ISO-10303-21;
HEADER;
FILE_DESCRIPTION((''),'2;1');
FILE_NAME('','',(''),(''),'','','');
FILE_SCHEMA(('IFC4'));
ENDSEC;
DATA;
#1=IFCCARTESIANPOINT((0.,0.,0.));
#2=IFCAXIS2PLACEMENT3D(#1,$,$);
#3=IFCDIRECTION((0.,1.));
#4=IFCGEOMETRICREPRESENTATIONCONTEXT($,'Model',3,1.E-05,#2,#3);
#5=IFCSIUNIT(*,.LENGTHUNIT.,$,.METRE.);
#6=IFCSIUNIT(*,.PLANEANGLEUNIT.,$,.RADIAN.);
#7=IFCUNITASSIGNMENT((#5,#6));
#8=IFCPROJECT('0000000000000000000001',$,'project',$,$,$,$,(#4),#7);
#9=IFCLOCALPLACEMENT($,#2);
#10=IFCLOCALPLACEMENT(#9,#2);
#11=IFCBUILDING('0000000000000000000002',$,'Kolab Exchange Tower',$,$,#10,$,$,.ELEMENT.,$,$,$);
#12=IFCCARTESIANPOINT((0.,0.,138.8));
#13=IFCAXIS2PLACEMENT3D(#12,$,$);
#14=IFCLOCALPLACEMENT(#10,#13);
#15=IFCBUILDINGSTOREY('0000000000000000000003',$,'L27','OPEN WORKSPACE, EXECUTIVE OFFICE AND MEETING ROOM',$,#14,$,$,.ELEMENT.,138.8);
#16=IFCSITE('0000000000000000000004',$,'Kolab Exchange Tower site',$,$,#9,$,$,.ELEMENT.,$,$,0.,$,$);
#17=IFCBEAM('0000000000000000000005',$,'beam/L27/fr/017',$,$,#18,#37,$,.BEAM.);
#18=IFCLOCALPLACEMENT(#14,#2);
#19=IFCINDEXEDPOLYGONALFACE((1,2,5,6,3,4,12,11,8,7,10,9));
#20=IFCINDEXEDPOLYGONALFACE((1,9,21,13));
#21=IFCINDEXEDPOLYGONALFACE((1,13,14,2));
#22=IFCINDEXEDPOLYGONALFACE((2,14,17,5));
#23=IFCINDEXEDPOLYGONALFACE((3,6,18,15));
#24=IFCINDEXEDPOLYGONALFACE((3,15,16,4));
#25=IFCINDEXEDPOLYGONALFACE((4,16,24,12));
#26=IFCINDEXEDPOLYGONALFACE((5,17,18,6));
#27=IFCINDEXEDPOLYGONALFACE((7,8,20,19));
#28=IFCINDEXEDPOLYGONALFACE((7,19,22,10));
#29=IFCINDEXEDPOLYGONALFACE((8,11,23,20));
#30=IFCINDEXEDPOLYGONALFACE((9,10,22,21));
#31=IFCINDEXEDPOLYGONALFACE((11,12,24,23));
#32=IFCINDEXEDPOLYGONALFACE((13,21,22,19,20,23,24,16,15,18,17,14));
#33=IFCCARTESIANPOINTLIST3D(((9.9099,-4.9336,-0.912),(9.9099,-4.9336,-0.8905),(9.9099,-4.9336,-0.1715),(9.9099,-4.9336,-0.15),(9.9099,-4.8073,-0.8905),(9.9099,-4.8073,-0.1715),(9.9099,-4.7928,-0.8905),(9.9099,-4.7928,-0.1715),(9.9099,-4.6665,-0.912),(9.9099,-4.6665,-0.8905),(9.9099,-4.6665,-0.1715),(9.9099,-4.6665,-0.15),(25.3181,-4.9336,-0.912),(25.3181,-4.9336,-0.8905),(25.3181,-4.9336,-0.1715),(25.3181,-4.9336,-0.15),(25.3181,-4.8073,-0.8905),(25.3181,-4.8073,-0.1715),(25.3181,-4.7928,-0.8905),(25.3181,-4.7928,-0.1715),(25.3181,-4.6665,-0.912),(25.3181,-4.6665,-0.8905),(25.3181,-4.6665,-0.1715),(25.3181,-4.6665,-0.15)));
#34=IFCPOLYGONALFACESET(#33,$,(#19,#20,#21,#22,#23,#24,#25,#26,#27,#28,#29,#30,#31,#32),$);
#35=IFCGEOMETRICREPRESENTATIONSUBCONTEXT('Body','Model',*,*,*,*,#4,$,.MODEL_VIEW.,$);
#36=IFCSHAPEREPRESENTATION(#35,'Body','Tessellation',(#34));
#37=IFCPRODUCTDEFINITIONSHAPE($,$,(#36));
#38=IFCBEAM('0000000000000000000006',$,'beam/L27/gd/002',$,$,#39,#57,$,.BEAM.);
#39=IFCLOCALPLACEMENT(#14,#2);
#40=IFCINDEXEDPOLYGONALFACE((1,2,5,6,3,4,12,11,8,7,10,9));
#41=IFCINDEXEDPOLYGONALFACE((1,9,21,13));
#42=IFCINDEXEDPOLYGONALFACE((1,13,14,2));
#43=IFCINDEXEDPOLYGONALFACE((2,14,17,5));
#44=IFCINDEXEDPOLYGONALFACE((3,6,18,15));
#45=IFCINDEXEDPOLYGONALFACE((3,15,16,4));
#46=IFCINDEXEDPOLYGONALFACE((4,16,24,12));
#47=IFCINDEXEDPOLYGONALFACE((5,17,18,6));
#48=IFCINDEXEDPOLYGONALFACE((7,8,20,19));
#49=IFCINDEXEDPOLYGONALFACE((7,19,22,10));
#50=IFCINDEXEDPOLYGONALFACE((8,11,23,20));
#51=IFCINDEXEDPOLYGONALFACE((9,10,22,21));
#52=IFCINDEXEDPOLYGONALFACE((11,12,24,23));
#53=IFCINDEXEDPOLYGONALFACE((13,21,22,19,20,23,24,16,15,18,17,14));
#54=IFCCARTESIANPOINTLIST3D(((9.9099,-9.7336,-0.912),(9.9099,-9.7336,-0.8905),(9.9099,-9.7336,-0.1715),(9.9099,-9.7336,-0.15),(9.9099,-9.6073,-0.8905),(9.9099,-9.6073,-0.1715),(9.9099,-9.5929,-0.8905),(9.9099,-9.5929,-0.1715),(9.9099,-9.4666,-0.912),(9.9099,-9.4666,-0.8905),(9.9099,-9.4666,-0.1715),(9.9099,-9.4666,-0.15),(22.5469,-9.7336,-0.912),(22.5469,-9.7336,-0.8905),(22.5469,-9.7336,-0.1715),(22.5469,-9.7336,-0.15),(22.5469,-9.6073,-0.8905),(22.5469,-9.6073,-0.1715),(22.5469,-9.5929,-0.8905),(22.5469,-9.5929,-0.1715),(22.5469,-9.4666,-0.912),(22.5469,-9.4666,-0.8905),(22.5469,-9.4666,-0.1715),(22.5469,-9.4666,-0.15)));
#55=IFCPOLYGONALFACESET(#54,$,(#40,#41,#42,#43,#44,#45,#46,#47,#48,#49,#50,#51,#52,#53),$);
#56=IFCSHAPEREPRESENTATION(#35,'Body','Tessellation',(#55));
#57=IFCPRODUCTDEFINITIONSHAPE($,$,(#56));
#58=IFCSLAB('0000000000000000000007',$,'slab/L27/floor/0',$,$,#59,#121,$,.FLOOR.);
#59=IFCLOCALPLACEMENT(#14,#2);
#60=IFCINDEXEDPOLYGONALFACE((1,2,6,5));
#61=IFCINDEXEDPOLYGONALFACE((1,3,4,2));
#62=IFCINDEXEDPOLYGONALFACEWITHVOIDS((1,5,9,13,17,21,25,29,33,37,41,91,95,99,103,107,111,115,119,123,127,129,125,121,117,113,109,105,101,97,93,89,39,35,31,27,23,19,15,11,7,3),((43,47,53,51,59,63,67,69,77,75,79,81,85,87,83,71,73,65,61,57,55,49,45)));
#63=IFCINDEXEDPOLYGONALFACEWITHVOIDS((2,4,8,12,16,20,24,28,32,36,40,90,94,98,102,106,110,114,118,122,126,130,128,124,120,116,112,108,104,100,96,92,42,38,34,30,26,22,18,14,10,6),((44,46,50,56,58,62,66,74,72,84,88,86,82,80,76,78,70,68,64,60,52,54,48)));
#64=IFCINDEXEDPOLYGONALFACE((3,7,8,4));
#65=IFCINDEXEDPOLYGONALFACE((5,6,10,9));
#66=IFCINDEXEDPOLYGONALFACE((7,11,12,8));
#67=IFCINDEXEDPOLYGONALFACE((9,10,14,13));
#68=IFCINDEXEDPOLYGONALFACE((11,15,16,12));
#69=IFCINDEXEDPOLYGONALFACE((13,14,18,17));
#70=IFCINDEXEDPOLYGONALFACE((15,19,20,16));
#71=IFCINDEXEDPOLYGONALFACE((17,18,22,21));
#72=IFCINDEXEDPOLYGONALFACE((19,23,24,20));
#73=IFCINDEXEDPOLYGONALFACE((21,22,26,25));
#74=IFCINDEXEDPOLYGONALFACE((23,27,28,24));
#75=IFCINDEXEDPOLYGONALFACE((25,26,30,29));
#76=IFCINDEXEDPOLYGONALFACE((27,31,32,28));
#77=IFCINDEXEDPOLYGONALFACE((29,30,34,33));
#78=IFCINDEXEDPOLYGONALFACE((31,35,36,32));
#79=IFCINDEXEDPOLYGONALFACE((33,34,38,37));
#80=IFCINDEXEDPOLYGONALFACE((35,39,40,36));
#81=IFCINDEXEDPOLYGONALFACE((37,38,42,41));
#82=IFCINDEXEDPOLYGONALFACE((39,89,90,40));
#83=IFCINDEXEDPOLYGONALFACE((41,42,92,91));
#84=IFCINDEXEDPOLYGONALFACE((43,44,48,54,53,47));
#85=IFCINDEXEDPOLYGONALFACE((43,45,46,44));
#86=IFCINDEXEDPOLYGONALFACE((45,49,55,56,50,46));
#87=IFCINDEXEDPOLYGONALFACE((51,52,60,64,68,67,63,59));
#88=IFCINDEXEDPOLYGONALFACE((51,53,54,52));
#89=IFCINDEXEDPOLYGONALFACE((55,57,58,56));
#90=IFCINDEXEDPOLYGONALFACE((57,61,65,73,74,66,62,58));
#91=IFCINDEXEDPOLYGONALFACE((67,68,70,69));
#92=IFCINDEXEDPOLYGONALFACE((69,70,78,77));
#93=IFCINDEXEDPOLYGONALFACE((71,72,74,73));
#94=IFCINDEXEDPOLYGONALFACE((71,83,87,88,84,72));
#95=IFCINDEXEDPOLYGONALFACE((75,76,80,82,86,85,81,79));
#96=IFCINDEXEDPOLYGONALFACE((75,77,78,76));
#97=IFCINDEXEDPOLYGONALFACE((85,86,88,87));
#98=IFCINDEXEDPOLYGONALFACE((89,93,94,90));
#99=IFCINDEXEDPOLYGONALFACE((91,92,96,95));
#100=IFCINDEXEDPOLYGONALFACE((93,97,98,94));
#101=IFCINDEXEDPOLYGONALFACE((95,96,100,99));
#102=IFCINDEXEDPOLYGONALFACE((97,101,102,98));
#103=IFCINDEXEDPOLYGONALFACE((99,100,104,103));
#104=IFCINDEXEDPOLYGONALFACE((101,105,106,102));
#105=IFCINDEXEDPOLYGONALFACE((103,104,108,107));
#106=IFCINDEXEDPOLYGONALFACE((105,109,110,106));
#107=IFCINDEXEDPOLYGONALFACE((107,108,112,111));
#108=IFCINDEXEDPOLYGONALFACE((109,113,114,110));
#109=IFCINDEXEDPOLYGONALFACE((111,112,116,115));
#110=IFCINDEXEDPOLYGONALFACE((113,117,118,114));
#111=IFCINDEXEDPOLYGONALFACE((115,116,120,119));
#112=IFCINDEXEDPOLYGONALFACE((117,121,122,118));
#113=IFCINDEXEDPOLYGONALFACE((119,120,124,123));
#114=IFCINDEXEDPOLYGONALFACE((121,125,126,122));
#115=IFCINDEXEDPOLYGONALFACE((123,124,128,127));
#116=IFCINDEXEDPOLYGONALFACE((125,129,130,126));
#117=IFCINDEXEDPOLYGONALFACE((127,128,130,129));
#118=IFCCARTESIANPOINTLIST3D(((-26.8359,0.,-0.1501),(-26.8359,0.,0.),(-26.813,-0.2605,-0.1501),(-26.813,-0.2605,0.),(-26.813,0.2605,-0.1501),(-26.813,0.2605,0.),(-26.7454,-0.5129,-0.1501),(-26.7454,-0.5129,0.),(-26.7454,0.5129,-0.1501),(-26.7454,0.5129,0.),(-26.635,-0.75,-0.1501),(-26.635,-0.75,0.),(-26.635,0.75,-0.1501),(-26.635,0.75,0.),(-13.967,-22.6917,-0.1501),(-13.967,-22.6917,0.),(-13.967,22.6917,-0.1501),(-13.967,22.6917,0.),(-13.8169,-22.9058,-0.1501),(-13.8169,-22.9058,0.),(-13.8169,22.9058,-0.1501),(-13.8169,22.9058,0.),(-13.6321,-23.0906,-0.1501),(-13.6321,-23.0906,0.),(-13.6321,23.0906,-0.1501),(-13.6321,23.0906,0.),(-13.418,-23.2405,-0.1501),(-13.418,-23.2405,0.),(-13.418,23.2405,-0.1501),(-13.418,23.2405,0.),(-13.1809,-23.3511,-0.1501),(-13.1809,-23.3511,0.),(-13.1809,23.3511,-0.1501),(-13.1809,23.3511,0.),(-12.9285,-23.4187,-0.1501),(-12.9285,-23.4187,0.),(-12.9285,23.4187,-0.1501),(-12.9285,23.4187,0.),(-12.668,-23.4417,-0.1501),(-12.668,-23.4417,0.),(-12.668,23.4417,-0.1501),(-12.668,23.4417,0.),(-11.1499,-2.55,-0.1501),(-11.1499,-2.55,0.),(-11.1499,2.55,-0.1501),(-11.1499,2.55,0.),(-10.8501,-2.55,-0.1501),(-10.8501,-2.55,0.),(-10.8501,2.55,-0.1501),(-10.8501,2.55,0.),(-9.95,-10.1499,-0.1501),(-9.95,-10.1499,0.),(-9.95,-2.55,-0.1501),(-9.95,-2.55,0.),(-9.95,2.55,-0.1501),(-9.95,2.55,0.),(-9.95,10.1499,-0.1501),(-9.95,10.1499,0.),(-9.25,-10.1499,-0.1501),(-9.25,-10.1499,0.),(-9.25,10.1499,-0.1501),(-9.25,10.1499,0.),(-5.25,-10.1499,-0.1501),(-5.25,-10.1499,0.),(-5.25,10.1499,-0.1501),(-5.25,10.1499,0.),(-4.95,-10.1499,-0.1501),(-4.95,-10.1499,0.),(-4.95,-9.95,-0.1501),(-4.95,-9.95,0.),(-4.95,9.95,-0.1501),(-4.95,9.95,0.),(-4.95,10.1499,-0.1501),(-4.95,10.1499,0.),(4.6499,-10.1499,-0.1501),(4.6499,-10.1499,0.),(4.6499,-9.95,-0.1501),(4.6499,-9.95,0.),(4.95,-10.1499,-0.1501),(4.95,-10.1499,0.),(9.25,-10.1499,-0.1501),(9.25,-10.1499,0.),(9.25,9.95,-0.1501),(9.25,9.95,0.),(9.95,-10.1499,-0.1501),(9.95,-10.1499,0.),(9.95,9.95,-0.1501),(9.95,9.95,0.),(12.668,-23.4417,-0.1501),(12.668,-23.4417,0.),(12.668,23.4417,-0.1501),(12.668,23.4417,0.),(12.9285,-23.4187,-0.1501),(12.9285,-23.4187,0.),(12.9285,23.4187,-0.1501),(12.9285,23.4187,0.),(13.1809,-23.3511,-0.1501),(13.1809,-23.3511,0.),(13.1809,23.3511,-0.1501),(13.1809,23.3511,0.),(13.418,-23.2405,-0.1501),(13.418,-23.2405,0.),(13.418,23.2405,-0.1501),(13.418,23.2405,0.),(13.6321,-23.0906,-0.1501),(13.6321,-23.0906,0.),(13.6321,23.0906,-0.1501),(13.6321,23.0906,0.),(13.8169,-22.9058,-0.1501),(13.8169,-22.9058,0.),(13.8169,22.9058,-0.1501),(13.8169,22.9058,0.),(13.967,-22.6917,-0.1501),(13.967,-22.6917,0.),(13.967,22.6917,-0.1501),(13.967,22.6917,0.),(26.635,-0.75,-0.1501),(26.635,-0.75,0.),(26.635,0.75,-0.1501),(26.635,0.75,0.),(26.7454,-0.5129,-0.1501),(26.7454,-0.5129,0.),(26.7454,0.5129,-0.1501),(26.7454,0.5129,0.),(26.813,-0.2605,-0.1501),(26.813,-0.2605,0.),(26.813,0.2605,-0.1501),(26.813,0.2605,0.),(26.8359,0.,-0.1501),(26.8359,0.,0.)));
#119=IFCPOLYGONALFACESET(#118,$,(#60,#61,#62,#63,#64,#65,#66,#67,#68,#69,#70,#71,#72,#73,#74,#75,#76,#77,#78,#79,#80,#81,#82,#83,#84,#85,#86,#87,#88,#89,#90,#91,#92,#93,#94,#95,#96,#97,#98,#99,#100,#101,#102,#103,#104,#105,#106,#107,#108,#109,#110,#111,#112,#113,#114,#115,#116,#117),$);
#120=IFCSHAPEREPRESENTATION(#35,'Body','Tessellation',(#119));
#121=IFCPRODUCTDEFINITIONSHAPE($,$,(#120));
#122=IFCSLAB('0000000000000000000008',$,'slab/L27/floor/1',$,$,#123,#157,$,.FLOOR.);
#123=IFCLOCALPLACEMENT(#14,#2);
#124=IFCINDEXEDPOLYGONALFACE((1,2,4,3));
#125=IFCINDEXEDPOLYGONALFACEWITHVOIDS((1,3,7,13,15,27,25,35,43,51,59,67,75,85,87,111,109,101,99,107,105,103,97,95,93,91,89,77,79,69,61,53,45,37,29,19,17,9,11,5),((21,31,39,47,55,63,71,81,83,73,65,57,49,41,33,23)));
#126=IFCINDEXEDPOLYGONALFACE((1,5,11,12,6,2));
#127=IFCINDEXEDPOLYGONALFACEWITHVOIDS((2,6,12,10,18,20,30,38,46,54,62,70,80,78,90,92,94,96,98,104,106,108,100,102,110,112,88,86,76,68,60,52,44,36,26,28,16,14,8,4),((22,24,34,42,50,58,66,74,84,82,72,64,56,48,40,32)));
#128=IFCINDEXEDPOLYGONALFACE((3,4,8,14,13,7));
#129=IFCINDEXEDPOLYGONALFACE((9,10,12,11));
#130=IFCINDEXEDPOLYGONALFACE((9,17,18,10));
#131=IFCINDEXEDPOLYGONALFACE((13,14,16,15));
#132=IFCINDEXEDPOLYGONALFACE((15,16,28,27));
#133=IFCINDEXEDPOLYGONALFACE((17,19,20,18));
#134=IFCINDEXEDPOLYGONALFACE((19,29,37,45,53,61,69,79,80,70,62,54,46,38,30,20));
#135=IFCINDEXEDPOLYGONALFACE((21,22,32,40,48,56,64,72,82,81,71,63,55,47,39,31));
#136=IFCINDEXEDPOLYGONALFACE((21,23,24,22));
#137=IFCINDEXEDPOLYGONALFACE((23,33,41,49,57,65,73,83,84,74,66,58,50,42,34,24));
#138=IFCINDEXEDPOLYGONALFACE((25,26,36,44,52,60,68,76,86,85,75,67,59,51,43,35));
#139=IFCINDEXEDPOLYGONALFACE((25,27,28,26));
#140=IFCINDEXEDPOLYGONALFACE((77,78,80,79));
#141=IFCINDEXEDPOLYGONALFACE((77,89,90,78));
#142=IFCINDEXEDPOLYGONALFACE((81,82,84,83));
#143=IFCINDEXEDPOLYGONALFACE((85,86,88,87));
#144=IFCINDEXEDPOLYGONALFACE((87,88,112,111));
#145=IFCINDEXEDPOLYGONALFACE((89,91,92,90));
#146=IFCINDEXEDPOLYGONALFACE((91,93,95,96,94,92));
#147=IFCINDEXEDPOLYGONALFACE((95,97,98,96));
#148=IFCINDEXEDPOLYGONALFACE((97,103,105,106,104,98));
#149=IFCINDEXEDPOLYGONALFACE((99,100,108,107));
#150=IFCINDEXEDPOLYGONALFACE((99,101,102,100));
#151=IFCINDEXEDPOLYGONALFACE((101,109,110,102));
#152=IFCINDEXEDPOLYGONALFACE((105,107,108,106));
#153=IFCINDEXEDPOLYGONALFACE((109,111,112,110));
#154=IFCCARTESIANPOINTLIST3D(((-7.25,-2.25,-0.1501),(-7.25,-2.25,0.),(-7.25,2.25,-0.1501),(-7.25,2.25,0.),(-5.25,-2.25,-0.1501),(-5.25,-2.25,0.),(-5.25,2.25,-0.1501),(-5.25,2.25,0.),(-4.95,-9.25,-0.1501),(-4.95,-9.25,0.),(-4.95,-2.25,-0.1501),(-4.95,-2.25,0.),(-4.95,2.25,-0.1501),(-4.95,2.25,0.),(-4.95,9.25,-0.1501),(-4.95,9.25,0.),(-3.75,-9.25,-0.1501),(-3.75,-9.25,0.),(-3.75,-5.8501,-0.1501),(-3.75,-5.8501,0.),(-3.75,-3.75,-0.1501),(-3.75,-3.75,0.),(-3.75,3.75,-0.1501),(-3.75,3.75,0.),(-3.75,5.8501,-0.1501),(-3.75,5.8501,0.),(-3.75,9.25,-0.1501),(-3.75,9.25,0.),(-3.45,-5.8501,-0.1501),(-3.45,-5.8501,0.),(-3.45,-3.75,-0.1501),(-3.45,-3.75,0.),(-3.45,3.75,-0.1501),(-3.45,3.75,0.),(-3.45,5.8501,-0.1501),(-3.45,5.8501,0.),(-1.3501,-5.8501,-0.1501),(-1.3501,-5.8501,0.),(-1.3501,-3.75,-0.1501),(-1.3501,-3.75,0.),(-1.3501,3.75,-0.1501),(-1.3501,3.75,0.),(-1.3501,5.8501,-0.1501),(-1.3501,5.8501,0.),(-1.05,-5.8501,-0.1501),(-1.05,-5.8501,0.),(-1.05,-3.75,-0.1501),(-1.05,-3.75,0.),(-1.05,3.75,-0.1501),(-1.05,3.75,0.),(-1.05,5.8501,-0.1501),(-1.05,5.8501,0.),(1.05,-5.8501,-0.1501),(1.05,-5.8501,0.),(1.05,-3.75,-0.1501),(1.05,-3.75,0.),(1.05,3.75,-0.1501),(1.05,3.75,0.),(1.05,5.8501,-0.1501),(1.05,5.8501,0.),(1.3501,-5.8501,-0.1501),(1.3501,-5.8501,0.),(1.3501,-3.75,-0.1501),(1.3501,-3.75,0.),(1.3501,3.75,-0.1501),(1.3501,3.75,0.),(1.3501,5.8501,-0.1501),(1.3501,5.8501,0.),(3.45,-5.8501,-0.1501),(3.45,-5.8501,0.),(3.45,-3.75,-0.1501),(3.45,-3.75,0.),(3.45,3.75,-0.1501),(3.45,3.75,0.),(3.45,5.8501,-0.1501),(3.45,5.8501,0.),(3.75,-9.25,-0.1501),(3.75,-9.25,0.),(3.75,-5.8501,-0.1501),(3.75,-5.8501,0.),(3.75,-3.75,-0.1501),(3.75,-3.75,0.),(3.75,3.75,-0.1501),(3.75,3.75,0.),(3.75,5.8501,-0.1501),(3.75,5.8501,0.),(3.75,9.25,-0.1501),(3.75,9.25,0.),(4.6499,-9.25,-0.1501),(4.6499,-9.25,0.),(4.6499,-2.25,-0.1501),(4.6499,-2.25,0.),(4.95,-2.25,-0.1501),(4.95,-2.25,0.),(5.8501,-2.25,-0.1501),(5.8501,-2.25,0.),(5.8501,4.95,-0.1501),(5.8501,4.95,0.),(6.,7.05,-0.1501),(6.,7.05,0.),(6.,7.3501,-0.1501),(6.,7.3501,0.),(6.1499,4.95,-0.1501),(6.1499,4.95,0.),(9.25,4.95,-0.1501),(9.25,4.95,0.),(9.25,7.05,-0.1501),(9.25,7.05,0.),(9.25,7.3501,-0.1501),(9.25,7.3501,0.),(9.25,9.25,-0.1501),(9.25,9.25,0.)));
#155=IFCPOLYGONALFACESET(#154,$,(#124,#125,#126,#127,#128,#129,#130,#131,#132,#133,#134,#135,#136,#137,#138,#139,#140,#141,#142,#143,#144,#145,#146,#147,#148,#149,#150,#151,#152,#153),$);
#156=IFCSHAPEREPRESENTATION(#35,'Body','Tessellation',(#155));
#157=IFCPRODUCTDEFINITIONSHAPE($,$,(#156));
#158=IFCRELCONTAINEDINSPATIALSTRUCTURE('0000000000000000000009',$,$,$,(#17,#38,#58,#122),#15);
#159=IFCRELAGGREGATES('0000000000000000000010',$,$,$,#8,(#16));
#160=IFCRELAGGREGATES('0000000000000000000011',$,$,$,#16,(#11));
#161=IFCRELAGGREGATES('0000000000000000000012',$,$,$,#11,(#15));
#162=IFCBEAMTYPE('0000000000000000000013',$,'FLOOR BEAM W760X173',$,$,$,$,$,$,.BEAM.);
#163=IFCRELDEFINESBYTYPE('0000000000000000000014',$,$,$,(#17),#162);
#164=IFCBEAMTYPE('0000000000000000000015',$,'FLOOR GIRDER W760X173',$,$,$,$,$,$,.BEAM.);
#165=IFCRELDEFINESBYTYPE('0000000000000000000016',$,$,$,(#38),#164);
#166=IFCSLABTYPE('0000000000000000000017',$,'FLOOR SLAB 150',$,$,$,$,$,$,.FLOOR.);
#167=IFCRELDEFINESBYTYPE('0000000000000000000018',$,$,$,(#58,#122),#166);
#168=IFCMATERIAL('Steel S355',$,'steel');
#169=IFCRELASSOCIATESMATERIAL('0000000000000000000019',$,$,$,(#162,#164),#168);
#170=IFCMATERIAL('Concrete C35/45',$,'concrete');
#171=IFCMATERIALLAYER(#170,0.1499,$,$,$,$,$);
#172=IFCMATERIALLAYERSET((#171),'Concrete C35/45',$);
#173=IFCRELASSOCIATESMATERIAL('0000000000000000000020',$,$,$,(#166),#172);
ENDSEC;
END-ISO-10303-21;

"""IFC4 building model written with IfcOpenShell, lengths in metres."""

from ifc_helpers import new_model, si_unit, direction, frame, origin, origin_2d, place, context, subcontext, project, spatial, polyline, i_section, outline, extrude, material, layer, layer_set, material_profile, profile_set, type_object, element, save


model = new_model("IFC4")

# Units and contexts
model_context = context("Model", 3, precision=1e-05, world=origin(), true_north=direction((0.0, 1.0)))
body_context = subcontext(model_context, "Body", "Model", "MODEL_VIEW")
ifc_project = project(units=[si_unit("LENGTHUNIT", "METRE"), si_unit("PLANEANGLEUNIT", "RADIAN")], contexts=[model_context])

# Site, building, storey
site_placement = place(None, origin())
site = spatial("IfcSite", under=ifc_project, at=site_placement, Name="Kolab Exchange Tower site", CompositionType="ELEMENT", RefElevation=0.0)
building_placement = place(site_placement, origin())
building = spatial("IfcBuilding", under=site, at=building_placement, Name="Kolab Exchange Tower", CompositionType="ELEMENT")
storey_placement = place(building_placement, frame((0.0, 0.0, 138.8)))
storey = spatial("IfcBuildingStorey", under=building, at=storey_placement, Name="L27", Description="OPEN WORKSPACE, EXECUTIVE OFFICE AND MEETING ROOM", CompositionType="ELEMENT", Elevation=138.8)

# Beams
ifc_material_1 = material(Name="Steel S355", Category="steel")
ifc_material_profile_1 = material_profile(ifc_material_1, i_section(OverallWidth=0.2671, OverallDepth=0.762, WebThickness=0.0144, FlangeThickness=0.0215, at=origin_2d()), Name="W760X173")
ifc_profile_set_1 = profile_set([ifc_material_profile_1], Name="Steel S355")
beam_type_1 = type_object("IfcBeamType", Name="FLOOR BEAM W760X173", PredefinedType="BEAM", material=ifc_profile_set_1)
beam_1_placement = place(storey_placement, frame((9.9099, -4.8, -0.531), z_axis=(1.0, 0.0, 0.0), x_axis=(0.0, 1.0, 0.0)))
element("IfcBeam", 1, at=beam_1_placement, inside=storey, type_object=beam_type_1, Name="beam/L27/fr/017", PredefinedType="BEAM", context=body_context, shape_type="SweptSolid", body=[
    extrude(i_section(OverallWidth=0.2671, OverallDepth=0.762, WebThickness=0.0144, FlangeThickness=0.0215, at=origin_2d()), origin(), (0.0, 0.0, 1.0), 15.4082),
])
ifc_material_profile_2 = material_profile(ifc_material_1, i_section(OverallWidth=0.2671, OverallDepth=0.762, WebThickness=0.0144, FlangeThickness=0.0215, at=origin_2d()), Name="W760X173")
ifc_profile_set_2 = profile_set([ifc_material_profile_2], Name="Steel S355")
beam_type_2 = type_object("IfcBeamType", Name="FLOOR GIRDER W760X173", PredefinedType="BEAM", material=ifc_profile_set_2)
beam_2_placement = place(storey_placement, frame((9.9099, -9.6001, -0.531), z_axis=(1.0, 0.0, 0.0), x_axis=(0.0, 1.0, 0.0)))
element("IfcBeam", 2, at=beam_2_placement, inside=storey, type_object=beam_type_2, Name="beam/L27/gd/002", PredefinedType="BEAM", context=body_context, shape_type="SweptSolid", body=[
    extrude(i_section(OverallWidth=0.2671, OverallDepth=0.762, WebThickness=0.0144, FlangeThickness=0.0215, at=origin_2d()), origin(), (0.0, 0.0, 1.0), 12.637),
])

# Slabs
ifc_material_2 = material(Name="Concrete C35/45", Category="concrete")
ifc_layer_1 = layer(ifc_material_2, 0.1499)
ifc_layer_set_1 = layer_set([ifc_layer_1], Name="Concrete C35/45")
slab_type_1 = type_object("IfcSlabType", Name="FLOOR SLAB 150", PredefinedType="FLOOR", material=ifc_layer_set_1)
slab_1_placement = place(storey_placement, frame((0.0, 0.0, -0.1501)))
element("IfcSlab", 3, at=slab_1_placement, inside=storey, type_object=slab_type_1, Name="slab/L27/floor/0", PredefinedType="FLOOR", context=body_context, shape_type="SweptSolid", body=[
    extrude(outline(polyline([(13.967, -22.6917), (26.635, -0.75), (26.7454, -0.5129), (26.813, -0.2605), (26.8359, 0.0), (26.813, 0.2605), (26.7454, 0.5129), (26.635, 0.75), (13.967, 22.6917), (13.8169, 22.9058), (13.6321, 23.0906), (13.418, 23.2405), (13.1809, 23.3511), (12.9285, 23.4187), (12.668, 23.4417), (-12.668, 23.4417), (-12.9285, 23.4187), (-13.1809, 23.3511), (-13.418, 23.2405), (-13.6321, 23.0906), (-13.8169, 22.9058), (-13.967, 22.6917), (-26.635, 0.75), (-26.7454, 0.5129), (-26.813, 0.2605), (-26.8359, 0.0), (-26.813, -0.2605), (-26.7454, -0.5129), (-26.635, -0.75), (-13.967, -22.6917), (-13.8169, -22.9058), (-13.6321, -23.0906), (-13.418, -23.2405), (-13.1809, -23.3511), (-12.9285, -23.4187), (-12.668, -23.4417), (12.668, -23.4417), (12.9285, -23.4187), (13.1809, -23.3511), (13.418, -23.2405), (13.6321, -23.0906), (13.8169, -22.9058), (13.967, -22.6917)]), holes=[polyline([(-9.25, -10.1499), (-9.95, -10.1499), (-9.95, -2.55), (-10.8501, -2.55), (-11.1499, -2.55), (-11.1499, 2.55), (-10.8501, 2.55), (-9.95, 2.55), (-9.95, 10.1499), (-9.25, 10.1499), (-5.25, 10.1499), (-4.95, 10.1499), (-4.95, 9.95), (9.25, 9.95), (9.95, 9.95), (9.95, -10.1499), (9.25, -10.1499), (4.95, -10.1499), (4.6499, -10.1499), (4.6499, -9.95), (-4.95, -9.95), (-4.95, -10.1499), (-5.25, -10.1499), (-9.25, -10.1499)])]), origin(), (0.0, 0.0, 1.0), 0.1501),
])
slab_2_placement = place(storey_placement, frame((0.0, 0.0, -0.1501)))
element("IfcSlab", 4, at=slab_2_placement, inside=storey, type_object=slab_type_1, Name="slab/L27/floor/1", PredefinedType="FLOOR", context=body_context, shape_type="SweptSolid", body=[
    extrude(outline(polyline([(-4.95, 9.25), (-4.95, 2.25), (-5.25, 2.25), (-7.25, 2.25), (-7.25, -2.25), (-5.25, -2.25), (-4.95, -2.25), (-4.95, -9.25), (-3.75, -9.25), (-3.75, -5.8501), (-3.45, -5.8501), (-1.3501, -5.8501), (-1.05, -5.8501), (1.05, -5.8501), (1.3501, -5.8501), (3.45, -5.8501), (3.75, -5.8501), (3.75, -9.25), (4.6499, -9.25), (4.6499, -2.25), (4.95, -2.25), (5.8501, -2.25), (5.8501, 4.95), (6.1499, 4.95), (9.25, 4.95), (9.25, 7.05), (6.0, 7.05), (6.0, 7.3501), (9.25, 7.3501), (9.25, 9.25), (3.75, 9.25), (3.75, 5.8501), (3.45, 5.8501), (1.3501, 5.8501), (1.05, 5.8501), (-1.05, 5.8501), (-1.3501, 5.8501), (-3.45, 5.8501), (-3.75, 5.8501), (-3.75, 9.25), (-4.95, 9.25)]), holes=[polyline([(-3.45, -3.75), (-3.75, -3.75), (-3.75, 3.75), (-3.45, 3.75), (-1.3501, 3.75), (-1.05, 3.75), (1.05, 3.75), (1.3501, 3.75), (3.45, 3.75), (3.75, 3.75), (3.75, -3.75), (3.45, -3.75), (1.3501, -3.75), (1.05, -3.75), (-1.05, -3.75), (-1.3501, -3.75), (-3.45, -3.75)])]), origin(), (0.0, 0.0, 1.0), 0.1501),
])

save(model, "model.ifc")
